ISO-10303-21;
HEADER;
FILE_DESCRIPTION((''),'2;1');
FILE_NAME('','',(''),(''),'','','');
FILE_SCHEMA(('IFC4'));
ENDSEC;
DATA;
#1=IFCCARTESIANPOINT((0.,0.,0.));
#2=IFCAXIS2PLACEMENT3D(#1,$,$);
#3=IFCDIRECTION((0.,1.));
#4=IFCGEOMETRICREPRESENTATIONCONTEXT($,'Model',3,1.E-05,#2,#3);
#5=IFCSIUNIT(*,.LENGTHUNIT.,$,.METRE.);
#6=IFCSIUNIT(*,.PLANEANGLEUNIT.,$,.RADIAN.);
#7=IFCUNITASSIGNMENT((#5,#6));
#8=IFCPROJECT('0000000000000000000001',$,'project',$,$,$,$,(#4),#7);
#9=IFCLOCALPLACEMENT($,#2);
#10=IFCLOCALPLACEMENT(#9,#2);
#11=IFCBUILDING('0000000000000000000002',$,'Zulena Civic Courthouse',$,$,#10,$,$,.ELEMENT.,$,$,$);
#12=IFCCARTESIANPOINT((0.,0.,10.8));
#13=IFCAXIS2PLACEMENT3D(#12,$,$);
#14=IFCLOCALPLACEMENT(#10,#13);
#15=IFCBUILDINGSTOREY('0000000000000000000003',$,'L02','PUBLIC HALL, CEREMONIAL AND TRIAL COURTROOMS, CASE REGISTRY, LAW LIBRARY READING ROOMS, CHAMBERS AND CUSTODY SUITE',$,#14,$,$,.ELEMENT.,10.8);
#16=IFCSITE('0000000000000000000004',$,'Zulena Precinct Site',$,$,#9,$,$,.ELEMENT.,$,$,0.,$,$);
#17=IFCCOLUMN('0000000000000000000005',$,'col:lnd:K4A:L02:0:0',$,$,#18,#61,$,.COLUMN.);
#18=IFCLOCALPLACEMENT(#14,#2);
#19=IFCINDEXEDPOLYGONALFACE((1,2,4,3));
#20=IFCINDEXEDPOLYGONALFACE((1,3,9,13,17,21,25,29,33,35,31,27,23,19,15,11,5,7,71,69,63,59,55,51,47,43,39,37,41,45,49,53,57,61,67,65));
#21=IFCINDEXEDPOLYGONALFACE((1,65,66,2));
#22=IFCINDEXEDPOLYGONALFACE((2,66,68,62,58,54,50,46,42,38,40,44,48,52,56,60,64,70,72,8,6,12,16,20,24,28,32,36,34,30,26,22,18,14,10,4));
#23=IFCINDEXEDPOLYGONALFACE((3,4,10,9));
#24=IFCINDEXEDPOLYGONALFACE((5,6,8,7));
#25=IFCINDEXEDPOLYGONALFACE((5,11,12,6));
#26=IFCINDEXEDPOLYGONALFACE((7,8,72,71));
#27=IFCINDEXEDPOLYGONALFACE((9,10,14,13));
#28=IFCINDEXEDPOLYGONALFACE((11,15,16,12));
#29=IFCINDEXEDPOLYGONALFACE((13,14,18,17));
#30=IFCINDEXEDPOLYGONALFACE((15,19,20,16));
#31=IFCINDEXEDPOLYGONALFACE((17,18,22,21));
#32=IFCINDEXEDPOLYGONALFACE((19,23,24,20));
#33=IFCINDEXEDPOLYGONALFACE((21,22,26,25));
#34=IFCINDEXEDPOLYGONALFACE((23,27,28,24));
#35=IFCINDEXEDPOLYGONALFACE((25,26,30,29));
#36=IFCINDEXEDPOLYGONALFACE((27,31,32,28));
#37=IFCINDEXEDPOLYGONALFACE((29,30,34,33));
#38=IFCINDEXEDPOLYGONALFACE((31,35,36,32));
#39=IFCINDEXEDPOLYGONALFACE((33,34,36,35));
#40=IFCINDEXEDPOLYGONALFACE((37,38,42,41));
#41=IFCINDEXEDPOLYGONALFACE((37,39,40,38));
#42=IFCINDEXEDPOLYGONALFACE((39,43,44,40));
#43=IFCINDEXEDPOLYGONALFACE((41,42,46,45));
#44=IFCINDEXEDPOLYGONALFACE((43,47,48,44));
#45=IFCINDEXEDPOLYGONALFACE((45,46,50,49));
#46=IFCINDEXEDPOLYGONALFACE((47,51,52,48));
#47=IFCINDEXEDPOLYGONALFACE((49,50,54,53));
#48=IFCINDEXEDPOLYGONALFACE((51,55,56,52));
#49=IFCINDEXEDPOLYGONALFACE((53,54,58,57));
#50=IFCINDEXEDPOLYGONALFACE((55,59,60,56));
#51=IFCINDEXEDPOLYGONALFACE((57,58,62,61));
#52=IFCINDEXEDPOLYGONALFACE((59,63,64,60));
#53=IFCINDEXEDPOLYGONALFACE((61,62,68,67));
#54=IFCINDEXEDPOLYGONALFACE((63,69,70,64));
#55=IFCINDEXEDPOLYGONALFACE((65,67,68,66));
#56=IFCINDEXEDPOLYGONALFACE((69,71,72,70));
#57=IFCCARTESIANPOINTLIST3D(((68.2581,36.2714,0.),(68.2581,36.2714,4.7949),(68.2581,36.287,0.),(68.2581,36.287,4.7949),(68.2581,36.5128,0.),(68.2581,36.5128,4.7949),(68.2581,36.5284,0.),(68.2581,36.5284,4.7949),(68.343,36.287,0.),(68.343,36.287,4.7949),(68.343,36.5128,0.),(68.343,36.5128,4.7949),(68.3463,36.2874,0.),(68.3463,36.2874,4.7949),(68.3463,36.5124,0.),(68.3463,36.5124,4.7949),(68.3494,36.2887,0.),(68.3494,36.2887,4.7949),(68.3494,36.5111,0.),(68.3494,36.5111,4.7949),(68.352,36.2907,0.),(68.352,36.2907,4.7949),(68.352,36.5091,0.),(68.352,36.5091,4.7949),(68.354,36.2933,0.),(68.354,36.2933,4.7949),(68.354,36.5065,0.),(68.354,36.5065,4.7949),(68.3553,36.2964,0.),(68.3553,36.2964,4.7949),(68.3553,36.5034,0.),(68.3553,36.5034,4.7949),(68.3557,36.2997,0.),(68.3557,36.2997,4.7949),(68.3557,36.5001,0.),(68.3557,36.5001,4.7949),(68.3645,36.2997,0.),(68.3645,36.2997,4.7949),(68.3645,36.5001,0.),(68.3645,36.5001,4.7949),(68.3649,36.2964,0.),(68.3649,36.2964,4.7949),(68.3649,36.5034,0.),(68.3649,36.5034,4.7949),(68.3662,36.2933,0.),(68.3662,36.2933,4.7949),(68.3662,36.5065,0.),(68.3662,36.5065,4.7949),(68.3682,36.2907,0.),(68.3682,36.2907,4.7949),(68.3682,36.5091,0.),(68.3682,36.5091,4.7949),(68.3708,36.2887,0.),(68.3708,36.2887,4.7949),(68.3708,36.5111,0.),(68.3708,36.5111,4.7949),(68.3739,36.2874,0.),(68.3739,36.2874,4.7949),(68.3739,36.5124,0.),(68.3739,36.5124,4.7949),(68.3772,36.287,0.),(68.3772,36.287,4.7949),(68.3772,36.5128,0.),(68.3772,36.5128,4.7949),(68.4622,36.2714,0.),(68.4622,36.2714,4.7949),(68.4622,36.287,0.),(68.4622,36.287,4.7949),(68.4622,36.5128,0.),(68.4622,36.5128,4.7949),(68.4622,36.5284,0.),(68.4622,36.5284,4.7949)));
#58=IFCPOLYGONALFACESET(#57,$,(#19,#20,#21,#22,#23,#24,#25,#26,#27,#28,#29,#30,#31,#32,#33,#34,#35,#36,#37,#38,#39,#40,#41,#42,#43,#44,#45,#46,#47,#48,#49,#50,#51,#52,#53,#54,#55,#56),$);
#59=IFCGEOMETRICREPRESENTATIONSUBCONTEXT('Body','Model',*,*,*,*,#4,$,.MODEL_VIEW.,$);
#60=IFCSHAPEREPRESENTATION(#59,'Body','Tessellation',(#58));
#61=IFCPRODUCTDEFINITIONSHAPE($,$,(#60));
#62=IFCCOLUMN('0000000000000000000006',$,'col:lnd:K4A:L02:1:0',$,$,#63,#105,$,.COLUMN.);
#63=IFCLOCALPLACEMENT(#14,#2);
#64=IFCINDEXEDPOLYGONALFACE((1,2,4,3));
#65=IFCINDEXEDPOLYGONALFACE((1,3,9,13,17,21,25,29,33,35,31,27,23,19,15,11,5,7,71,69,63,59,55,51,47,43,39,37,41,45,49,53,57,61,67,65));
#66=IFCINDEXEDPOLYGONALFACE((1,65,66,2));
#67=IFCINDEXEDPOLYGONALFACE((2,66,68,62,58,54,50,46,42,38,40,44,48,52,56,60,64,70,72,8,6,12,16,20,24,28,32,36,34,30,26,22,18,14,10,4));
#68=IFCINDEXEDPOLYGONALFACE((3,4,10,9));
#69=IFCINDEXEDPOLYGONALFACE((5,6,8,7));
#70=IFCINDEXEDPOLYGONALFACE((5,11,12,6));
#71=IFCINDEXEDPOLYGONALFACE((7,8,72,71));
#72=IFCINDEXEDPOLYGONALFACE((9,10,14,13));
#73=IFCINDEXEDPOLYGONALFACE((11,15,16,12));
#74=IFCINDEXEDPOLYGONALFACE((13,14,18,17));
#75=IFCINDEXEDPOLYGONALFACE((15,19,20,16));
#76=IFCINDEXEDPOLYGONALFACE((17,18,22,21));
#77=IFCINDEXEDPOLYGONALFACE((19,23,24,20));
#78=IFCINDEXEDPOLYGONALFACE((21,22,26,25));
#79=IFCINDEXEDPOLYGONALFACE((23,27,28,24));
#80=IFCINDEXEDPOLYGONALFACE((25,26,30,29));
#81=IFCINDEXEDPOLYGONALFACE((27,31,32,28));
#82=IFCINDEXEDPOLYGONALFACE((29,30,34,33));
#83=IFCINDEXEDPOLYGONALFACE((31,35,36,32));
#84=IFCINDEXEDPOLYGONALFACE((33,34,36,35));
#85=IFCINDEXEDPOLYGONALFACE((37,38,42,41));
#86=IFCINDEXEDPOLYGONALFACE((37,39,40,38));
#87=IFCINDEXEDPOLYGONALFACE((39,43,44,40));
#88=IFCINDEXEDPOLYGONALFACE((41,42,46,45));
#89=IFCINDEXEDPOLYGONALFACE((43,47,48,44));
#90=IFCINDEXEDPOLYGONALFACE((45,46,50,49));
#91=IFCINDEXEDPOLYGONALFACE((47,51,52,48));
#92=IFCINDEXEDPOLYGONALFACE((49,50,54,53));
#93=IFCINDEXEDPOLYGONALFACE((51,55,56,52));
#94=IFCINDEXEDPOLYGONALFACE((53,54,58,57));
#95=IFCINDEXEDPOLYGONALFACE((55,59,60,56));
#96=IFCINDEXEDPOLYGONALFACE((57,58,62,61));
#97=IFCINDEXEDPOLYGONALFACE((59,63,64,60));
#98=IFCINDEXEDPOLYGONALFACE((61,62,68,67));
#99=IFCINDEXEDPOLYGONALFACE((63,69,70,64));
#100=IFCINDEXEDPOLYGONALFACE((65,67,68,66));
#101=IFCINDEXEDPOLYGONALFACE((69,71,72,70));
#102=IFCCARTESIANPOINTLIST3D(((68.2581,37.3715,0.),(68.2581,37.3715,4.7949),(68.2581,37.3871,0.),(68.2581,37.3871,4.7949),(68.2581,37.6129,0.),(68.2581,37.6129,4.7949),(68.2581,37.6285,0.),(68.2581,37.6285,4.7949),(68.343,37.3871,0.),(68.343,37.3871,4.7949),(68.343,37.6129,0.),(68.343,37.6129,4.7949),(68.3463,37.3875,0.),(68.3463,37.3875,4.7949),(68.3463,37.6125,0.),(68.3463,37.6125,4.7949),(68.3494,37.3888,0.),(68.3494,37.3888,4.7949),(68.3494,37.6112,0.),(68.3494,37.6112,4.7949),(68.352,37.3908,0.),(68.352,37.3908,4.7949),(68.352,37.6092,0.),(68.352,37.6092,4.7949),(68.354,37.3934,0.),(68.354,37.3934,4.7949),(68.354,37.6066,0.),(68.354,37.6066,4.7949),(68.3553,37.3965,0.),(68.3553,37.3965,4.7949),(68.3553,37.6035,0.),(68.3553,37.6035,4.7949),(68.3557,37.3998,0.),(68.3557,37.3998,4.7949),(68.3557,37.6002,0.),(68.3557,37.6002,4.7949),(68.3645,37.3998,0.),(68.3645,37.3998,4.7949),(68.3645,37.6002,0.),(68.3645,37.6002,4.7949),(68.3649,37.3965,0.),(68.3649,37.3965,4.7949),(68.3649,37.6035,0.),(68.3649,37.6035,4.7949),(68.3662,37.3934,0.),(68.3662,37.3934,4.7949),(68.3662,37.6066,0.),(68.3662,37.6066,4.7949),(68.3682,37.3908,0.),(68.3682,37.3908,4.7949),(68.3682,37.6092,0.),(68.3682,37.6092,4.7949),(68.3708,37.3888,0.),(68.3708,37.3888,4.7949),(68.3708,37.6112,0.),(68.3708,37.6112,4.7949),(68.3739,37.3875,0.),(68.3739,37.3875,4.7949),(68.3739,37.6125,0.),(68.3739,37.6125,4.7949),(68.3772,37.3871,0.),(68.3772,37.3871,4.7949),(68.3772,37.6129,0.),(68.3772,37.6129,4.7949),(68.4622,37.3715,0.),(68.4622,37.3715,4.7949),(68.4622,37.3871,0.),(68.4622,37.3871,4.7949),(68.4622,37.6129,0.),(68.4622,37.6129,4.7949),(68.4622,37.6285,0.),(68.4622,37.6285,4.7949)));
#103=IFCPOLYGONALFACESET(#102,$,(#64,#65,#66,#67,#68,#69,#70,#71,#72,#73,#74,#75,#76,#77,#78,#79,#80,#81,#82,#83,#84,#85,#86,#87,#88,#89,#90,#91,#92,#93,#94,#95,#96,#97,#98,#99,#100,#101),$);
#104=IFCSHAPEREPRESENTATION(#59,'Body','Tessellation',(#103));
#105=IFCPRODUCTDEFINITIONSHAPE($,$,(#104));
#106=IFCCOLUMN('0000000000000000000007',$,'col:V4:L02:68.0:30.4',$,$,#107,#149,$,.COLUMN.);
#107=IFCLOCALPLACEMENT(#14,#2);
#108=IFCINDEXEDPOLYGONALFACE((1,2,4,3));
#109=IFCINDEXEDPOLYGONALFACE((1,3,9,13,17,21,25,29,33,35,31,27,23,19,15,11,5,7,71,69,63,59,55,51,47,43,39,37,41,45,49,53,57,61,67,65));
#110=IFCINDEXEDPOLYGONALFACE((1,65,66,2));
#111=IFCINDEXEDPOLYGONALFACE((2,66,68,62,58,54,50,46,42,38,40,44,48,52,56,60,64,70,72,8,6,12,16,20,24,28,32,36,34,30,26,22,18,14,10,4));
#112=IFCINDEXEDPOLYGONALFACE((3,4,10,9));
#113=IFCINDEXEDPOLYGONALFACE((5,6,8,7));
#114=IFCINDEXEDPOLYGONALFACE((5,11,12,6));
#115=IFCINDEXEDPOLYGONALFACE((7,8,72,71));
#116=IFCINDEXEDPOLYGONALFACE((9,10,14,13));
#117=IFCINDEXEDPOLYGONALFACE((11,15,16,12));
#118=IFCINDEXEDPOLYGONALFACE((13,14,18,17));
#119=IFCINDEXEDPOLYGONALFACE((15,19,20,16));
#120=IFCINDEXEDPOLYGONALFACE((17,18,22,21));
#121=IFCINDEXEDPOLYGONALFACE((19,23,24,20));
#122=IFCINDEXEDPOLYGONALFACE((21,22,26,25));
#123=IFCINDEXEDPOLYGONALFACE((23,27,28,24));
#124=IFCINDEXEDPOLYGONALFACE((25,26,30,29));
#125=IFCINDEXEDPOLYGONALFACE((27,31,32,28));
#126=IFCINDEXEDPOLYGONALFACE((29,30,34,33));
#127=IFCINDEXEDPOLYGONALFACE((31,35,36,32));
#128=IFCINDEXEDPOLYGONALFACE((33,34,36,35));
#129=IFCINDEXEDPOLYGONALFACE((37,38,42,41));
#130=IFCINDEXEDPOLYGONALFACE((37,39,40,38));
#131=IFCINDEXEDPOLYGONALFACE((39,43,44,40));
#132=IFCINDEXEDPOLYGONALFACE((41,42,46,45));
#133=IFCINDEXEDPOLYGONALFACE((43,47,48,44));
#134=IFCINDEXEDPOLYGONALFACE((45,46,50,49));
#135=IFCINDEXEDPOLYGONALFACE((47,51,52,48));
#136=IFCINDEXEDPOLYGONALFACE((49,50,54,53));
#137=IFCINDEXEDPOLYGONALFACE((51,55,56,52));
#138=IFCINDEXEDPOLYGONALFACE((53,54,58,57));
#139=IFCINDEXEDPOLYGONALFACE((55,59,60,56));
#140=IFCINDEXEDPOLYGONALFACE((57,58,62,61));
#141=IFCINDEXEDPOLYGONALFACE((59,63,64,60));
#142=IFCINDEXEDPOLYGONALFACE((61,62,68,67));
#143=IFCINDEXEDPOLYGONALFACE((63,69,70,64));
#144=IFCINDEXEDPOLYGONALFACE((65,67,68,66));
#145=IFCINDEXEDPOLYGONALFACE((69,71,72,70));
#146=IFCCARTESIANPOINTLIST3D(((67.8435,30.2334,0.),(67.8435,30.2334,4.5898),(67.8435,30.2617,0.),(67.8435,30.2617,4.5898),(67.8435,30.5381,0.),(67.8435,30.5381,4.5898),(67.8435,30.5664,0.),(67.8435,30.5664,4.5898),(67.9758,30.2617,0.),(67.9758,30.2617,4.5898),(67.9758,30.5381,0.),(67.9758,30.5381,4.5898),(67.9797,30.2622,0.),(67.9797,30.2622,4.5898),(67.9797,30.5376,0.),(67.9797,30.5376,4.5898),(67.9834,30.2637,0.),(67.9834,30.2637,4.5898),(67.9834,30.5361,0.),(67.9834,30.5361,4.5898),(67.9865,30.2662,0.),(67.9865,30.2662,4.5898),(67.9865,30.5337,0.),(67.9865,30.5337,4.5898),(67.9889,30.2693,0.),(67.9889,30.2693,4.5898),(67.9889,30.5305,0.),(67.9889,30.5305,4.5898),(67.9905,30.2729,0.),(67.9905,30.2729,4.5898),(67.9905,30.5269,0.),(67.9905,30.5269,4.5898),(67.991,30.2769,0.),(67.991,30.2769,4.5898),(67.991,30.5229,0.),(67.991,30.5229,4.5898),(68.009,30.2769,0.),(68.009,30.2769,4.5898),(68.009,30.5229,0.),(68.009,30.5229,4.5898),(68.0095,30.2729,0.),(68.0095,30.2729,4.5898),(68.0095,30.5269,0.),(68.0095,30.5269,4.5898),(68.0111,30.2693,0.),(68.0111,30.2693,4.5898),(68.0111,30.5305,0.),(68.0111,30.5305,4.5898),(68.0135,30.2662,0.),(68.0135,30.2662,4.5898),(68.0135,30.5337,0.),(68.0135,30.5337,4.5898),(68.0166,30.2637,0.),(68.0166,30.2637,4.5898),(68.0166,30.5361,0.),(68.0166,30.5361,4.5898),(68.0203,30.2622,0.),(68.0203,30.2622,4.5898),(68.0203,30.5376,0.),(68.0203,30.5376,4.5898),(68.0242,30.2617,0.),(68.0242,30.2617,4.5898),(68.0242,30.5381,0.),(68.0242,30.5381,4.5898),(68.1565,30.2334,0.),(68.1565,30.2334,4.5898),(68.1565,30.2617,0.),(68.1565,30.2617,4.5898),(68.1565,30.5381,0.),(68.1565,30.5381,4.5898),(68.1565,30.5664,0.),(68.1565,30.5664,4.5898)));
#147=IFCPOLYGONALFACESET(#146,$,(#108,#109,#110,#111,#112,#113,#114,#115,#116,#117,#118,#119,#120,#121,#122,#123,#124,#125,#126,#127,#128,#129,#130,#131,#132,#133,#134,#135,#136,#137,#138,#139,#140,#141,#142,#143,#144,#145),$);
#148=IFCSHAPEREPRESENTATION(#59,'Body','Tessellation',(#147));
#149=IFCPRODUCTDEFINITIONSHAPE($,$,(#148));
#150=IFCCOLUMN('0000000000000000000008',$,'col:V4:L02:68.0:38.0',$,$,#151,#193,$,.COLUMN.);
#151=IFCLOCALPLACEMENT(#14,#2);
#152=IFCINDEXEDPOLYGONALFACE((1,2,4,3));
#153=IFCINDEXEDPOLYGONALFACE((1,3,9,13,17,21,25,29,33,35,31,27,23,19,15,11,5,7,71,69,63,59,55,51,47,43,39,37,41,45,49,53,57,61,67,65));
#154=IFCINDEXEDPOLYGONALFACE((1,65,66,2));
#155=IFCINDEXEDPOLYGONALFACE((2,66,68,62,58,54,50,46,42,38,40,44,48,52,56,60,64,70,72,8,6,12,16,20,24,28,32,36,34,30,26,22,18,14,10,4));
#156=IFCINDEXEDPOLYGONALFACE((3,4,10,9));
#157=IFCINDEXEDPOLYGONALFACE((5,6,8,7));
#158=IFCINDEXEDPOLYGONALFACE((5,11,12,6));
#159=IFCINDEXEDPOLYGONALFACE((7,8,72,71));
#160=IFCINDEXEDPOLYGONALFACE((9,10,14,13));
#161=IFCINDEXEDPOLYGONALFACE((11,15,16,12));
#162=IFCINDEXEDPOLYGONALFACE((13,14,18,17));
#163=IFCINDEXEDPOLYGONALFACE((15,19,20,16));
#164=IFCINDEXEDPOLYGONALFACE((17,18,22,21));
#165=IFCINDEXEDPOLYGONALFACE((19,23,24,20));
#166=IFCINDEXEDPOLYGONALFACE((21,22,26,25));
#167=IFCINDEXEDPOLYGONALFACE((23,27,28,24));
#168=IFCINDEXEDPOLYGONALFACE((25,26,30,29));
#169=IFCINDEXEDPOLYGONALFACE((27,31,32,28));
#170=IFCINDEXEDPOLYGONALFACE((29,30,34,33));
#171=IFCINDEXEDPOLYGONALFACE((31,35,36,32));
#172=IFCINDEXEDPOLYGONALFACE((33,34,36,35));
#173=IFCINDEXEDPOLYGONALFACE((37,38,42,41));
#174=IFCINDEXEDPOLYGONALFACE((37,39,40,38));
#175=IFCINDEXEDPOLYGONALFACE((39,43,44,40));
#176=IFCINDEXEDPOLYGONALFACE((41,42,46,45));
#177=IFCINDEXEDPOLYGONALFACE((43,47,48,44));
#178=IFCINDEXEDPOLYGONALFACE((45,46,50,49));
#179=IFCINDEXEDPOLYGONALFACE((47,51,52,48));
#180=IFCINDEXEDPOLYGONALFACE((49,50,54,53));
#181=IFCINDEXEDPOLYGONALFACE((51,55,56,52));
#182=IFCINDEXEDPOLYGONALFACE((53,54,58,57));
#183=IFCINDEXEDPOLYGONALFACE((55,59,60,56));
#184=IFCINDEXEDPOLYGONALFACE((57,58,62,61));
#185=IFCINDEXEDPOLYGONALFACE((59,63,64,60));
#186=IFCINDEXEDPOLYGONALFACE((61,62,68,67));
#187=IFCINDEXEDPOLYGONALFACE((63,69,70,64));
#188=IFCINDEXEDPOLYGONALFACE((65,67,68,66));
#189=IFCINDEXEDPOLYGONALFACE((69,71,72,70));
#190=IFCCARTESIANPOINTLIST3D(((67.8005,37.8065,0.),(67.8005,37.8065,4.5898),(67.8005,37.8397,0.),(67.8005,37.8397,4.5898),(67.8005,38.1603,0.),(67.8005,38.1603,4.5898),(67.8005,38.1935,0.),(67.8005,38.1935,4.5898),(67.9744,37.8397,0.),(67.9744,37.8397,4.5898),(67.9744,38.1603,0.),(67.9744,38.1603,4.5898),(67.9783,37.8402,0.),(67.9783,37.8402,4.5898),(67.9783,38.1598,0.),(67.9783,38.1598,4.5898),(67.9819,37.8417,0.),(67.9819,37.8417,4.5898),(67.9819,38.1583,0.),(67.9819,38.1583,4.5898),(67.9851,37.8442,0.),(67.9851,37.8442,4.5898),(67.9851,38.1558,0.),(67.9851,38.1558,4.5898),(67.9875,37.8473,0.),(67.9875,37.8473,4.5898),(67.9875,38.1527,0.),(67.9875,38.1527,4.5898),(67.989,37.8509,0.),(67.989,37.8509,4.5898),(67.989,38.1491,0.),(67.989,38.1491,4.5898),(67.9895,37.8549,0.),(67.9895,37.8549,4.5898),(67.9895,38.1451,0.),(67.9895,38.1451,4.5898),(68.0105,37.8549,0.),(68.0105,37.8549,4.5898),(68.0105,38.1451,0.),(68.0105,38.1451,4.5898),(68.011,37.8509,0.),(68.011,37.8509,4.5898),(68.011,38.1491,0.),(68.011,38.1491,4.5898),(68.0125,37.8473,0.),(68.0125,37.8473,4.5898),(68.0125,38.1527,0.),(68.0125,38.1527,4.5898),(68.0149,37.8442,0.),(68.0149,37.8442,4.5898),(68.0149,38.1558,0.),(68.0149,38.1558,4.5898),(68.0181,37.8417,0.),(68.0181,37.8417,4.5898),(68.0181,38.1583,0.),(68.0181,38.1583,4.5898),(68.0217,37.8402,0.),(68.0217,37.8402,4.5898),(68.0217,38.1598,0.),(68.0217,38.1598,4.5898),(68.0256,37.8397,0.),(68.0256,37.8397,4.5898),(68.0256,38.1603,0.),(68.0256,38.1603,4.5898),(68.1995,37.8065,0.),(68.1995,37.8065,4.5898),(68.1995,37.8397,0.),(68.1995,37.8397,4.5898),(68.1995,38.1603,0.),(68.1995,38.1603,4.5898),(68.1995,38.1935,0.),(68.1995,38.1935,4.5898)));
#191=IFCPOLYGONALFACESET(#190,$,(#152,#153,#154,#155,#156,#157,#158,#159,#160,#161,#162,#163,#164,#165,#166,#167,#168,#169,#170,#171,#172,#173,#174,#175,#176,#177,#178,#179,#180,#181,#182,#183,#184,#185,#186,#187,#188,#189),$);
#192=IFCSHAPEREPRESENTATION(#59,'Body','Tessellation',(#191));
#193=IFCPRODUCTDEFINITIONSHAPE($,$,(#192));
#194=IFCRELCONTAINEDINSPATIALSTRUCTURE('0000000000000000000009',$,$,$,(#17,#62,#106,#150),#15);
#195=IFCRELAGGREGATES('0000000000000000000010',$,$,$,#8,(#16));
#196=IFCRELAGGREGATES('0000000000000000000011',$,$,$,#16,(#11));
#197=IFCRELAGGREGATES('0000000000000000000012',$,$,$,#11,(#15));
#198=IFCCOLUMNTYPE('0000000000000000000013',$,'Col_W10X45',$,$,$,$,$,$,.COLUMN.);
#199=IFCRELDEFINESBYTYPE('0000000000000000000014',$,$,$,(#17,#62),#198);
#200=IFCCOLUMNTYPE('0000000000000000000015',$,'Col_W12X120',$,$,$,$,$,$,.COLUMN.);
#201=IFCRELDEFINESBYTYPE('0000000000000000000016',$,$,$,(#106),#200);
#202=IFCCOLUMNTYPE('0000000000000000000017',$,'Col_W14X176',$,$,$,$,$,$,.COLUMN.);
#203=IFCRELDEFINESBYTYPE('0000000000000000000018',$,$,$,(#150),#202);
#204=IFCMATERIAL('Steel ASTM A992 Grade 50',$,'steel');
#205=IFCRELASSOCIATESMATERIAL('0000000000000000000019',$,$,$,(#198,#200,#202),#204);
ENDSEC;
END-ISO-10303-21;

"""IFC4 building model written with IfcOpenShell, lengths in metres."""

from ifc_helpers import new_model, si_unit, direction, frame, origin, origin_2d, place, context, subcontext, project, spatial, i_section, extrude, material, material_profile, profile_set, type_object, element, save


model = new_model("IFC4")

# Units and contexts
model_context = context("Model", 3, precision=1e-05, world=origin(), true_north=direction((0.0, 1.0)))
body_context = subcontext(model_context, "Body", "Model", "MODEL_VIEW")
ifc_project = project(units=[si_unit("LENGTHUNIT", "METRE"), si_unit("PLANEANGLEUNIT", "RADIAN")], contexts=[model_context])

# Site, building, storey
site_placement = place(None, origin())
site = spatial("IfcSite", under=ifc_project, at=site_placement, Name="Zulena Precinct Site", CompositionType="ELEMENT", RefElevation=0.0)
building_placement = place(site_placement, origin())
building = spatial("IfcBuilding", under=site, at=building_placement, Name="Zulena Civic Courthouse", CompositionType="ELEMENT")
storey_placement = place(building_placement, frame((0.0, 0.0, 10.8)))
storey = spatial("IfcBuildingStorey", under=building, at=storey_placement, Name="L02", Description="PUBLIC HALL, CEREMONIAL AND TRIAL COURTROOMS, CASE REGISTRY, LAW LIBRARY READING ROOMS, CHAMBERS AND CUSTODY SUITE", CompositionType="ELEMENT", Elevation=10.8)

# Columns
ifc_material_1 = material(Name="Steel ASTM A992 Grade 50", Category="steel")
ifc_material_profile_1 = material_profile(ifc_material_1, i_section(OverallWidth=0.2041, OverallDepth=0.2571, WebThickness=0.0088, FlangeThickness=0.0156, FilletRadius=0.0127, at=origin_2d()), Name="W10X45")
ifc_profile_set_1 = profile_set([ifc_material_profile_1], Name="Steel ASTM A992 Grade 50")
column_type_1 = type_object("IfcColumnType", Name="Col_W10X45", PredefinedType="COLUMN", material=ifc_profile_set_1)
for number, where, z_axis, x_axis, name in (
    (1, (68.3601, 36.3999, 0.0), (0.0, 0.0, 1.0), (1.0, 0.0, 0.0), "col:lnd:K4A:L02:0:0"),
    (2, (68.3601, 37.5, 0.0), (0.0, 0.0, 1.0), (1.0, 0.0, 0.0), "col:lnd:K4A:L02:1:0"),
):
    element("IfcColumn", number, at=place(storey_placement, frame(where, z_axis=z_axis, x_axis=x_axis)), inside=storey, type_object=column_type_1, Name=name, PredefinedType="COLUMN", context=body_context, shape_type="SweptSolid", body=[
        extrude(i_section(OverallWidth=0.2041, OverallDepth=0.2571, WebThickness=0.0088, FlangeThickness=0.0156, FilletRadius=0.0127, at=origin_2d()), origin(), (0.0, 0.0, 1.0), 4.7949),
    ])
ifc_material_profile_2 = material_profile(ifc_material_1, i_section(OverallWidth=0.313, OverallDepth=0.333, WebThickness=0.0181, FlangeThickness=0.0283, FilletRadius=0.0151, at=origin_2d()), Name="W12X120")
ifc_profile_set_2 = profile_set([ifc_material_profile_2], Name="Steel ASTM A992 Grade 50")
column_type_2 = type_object("IfcColumnType", Name="Col_W12X120", PredefinedType="COLUMN", material=ifc_profile_set_2)
column_1_placement = place(storey_placement, frame((68.0, 30.3999, 0.0), z_axis=(0.0, 0.0, 1.0), x_axis=(1.0, 0.0, 0.0)))
element("IfcColumn", 3, at=column_1_placement, inside=storey, type_object=column_type_2, Name="col:V4:L02:68.0:30.4", PredefinedType="COLUMN", context=body_context, shape_type="SweptSolid", body=[
    extrude(i_section(OverallWidth=0.313, OverallDepth=0.333, WebThickness=0.0181, FlangeThickness=0.0283, FilletRadius=0.0151, at=origin_2d()), origin(), (0.0, 0.0, 1.0), 4.5898),
])
ifc_material_profile_3 = material_profile(ifc_material_1, i_section(OverallWidth=0.3989, OverallDepth=0.387, WebThickness=0.021, FlangeThickness=0.0332, FilletRadius=0.0151, at=origin_2d()), Name="W14X176")
ifc_profile_set_3 = profile_set([ifc_material_profile_3], Name="Steel ASTM A992 Grade 50")
column_type_3 = type_object("IfcColumnType", Name="Col_W14X176", PredefinedType="COLUMN", material=ifc_profile_set_3)
column_2_placement = place(storey_placement, frame((68.0, 38.0, 0.0), z_axis=(0.0, 0.0, 1.0), x_axis=(1.0, 0.0, 0.0)))
element("IfcColumn", 4, at=column_2_placement, inside=storey, type_object=column_type_3, Name="col:V4:L02:68.0:38.0", PredefinedType="COLUMN", context=body_context, shape_type="SweptSolid", body=[
    extrude(i_section(OverallWidth=0.3989, OverallDepth=0.387, WebThickness=0.021, FlangeThickness=0.0332, FilletRadius=0.0151, at=origin_2d()), origin(), (0.0, 0.0, 1.0), 4.5898),
])

save(model, "model.ifc")
